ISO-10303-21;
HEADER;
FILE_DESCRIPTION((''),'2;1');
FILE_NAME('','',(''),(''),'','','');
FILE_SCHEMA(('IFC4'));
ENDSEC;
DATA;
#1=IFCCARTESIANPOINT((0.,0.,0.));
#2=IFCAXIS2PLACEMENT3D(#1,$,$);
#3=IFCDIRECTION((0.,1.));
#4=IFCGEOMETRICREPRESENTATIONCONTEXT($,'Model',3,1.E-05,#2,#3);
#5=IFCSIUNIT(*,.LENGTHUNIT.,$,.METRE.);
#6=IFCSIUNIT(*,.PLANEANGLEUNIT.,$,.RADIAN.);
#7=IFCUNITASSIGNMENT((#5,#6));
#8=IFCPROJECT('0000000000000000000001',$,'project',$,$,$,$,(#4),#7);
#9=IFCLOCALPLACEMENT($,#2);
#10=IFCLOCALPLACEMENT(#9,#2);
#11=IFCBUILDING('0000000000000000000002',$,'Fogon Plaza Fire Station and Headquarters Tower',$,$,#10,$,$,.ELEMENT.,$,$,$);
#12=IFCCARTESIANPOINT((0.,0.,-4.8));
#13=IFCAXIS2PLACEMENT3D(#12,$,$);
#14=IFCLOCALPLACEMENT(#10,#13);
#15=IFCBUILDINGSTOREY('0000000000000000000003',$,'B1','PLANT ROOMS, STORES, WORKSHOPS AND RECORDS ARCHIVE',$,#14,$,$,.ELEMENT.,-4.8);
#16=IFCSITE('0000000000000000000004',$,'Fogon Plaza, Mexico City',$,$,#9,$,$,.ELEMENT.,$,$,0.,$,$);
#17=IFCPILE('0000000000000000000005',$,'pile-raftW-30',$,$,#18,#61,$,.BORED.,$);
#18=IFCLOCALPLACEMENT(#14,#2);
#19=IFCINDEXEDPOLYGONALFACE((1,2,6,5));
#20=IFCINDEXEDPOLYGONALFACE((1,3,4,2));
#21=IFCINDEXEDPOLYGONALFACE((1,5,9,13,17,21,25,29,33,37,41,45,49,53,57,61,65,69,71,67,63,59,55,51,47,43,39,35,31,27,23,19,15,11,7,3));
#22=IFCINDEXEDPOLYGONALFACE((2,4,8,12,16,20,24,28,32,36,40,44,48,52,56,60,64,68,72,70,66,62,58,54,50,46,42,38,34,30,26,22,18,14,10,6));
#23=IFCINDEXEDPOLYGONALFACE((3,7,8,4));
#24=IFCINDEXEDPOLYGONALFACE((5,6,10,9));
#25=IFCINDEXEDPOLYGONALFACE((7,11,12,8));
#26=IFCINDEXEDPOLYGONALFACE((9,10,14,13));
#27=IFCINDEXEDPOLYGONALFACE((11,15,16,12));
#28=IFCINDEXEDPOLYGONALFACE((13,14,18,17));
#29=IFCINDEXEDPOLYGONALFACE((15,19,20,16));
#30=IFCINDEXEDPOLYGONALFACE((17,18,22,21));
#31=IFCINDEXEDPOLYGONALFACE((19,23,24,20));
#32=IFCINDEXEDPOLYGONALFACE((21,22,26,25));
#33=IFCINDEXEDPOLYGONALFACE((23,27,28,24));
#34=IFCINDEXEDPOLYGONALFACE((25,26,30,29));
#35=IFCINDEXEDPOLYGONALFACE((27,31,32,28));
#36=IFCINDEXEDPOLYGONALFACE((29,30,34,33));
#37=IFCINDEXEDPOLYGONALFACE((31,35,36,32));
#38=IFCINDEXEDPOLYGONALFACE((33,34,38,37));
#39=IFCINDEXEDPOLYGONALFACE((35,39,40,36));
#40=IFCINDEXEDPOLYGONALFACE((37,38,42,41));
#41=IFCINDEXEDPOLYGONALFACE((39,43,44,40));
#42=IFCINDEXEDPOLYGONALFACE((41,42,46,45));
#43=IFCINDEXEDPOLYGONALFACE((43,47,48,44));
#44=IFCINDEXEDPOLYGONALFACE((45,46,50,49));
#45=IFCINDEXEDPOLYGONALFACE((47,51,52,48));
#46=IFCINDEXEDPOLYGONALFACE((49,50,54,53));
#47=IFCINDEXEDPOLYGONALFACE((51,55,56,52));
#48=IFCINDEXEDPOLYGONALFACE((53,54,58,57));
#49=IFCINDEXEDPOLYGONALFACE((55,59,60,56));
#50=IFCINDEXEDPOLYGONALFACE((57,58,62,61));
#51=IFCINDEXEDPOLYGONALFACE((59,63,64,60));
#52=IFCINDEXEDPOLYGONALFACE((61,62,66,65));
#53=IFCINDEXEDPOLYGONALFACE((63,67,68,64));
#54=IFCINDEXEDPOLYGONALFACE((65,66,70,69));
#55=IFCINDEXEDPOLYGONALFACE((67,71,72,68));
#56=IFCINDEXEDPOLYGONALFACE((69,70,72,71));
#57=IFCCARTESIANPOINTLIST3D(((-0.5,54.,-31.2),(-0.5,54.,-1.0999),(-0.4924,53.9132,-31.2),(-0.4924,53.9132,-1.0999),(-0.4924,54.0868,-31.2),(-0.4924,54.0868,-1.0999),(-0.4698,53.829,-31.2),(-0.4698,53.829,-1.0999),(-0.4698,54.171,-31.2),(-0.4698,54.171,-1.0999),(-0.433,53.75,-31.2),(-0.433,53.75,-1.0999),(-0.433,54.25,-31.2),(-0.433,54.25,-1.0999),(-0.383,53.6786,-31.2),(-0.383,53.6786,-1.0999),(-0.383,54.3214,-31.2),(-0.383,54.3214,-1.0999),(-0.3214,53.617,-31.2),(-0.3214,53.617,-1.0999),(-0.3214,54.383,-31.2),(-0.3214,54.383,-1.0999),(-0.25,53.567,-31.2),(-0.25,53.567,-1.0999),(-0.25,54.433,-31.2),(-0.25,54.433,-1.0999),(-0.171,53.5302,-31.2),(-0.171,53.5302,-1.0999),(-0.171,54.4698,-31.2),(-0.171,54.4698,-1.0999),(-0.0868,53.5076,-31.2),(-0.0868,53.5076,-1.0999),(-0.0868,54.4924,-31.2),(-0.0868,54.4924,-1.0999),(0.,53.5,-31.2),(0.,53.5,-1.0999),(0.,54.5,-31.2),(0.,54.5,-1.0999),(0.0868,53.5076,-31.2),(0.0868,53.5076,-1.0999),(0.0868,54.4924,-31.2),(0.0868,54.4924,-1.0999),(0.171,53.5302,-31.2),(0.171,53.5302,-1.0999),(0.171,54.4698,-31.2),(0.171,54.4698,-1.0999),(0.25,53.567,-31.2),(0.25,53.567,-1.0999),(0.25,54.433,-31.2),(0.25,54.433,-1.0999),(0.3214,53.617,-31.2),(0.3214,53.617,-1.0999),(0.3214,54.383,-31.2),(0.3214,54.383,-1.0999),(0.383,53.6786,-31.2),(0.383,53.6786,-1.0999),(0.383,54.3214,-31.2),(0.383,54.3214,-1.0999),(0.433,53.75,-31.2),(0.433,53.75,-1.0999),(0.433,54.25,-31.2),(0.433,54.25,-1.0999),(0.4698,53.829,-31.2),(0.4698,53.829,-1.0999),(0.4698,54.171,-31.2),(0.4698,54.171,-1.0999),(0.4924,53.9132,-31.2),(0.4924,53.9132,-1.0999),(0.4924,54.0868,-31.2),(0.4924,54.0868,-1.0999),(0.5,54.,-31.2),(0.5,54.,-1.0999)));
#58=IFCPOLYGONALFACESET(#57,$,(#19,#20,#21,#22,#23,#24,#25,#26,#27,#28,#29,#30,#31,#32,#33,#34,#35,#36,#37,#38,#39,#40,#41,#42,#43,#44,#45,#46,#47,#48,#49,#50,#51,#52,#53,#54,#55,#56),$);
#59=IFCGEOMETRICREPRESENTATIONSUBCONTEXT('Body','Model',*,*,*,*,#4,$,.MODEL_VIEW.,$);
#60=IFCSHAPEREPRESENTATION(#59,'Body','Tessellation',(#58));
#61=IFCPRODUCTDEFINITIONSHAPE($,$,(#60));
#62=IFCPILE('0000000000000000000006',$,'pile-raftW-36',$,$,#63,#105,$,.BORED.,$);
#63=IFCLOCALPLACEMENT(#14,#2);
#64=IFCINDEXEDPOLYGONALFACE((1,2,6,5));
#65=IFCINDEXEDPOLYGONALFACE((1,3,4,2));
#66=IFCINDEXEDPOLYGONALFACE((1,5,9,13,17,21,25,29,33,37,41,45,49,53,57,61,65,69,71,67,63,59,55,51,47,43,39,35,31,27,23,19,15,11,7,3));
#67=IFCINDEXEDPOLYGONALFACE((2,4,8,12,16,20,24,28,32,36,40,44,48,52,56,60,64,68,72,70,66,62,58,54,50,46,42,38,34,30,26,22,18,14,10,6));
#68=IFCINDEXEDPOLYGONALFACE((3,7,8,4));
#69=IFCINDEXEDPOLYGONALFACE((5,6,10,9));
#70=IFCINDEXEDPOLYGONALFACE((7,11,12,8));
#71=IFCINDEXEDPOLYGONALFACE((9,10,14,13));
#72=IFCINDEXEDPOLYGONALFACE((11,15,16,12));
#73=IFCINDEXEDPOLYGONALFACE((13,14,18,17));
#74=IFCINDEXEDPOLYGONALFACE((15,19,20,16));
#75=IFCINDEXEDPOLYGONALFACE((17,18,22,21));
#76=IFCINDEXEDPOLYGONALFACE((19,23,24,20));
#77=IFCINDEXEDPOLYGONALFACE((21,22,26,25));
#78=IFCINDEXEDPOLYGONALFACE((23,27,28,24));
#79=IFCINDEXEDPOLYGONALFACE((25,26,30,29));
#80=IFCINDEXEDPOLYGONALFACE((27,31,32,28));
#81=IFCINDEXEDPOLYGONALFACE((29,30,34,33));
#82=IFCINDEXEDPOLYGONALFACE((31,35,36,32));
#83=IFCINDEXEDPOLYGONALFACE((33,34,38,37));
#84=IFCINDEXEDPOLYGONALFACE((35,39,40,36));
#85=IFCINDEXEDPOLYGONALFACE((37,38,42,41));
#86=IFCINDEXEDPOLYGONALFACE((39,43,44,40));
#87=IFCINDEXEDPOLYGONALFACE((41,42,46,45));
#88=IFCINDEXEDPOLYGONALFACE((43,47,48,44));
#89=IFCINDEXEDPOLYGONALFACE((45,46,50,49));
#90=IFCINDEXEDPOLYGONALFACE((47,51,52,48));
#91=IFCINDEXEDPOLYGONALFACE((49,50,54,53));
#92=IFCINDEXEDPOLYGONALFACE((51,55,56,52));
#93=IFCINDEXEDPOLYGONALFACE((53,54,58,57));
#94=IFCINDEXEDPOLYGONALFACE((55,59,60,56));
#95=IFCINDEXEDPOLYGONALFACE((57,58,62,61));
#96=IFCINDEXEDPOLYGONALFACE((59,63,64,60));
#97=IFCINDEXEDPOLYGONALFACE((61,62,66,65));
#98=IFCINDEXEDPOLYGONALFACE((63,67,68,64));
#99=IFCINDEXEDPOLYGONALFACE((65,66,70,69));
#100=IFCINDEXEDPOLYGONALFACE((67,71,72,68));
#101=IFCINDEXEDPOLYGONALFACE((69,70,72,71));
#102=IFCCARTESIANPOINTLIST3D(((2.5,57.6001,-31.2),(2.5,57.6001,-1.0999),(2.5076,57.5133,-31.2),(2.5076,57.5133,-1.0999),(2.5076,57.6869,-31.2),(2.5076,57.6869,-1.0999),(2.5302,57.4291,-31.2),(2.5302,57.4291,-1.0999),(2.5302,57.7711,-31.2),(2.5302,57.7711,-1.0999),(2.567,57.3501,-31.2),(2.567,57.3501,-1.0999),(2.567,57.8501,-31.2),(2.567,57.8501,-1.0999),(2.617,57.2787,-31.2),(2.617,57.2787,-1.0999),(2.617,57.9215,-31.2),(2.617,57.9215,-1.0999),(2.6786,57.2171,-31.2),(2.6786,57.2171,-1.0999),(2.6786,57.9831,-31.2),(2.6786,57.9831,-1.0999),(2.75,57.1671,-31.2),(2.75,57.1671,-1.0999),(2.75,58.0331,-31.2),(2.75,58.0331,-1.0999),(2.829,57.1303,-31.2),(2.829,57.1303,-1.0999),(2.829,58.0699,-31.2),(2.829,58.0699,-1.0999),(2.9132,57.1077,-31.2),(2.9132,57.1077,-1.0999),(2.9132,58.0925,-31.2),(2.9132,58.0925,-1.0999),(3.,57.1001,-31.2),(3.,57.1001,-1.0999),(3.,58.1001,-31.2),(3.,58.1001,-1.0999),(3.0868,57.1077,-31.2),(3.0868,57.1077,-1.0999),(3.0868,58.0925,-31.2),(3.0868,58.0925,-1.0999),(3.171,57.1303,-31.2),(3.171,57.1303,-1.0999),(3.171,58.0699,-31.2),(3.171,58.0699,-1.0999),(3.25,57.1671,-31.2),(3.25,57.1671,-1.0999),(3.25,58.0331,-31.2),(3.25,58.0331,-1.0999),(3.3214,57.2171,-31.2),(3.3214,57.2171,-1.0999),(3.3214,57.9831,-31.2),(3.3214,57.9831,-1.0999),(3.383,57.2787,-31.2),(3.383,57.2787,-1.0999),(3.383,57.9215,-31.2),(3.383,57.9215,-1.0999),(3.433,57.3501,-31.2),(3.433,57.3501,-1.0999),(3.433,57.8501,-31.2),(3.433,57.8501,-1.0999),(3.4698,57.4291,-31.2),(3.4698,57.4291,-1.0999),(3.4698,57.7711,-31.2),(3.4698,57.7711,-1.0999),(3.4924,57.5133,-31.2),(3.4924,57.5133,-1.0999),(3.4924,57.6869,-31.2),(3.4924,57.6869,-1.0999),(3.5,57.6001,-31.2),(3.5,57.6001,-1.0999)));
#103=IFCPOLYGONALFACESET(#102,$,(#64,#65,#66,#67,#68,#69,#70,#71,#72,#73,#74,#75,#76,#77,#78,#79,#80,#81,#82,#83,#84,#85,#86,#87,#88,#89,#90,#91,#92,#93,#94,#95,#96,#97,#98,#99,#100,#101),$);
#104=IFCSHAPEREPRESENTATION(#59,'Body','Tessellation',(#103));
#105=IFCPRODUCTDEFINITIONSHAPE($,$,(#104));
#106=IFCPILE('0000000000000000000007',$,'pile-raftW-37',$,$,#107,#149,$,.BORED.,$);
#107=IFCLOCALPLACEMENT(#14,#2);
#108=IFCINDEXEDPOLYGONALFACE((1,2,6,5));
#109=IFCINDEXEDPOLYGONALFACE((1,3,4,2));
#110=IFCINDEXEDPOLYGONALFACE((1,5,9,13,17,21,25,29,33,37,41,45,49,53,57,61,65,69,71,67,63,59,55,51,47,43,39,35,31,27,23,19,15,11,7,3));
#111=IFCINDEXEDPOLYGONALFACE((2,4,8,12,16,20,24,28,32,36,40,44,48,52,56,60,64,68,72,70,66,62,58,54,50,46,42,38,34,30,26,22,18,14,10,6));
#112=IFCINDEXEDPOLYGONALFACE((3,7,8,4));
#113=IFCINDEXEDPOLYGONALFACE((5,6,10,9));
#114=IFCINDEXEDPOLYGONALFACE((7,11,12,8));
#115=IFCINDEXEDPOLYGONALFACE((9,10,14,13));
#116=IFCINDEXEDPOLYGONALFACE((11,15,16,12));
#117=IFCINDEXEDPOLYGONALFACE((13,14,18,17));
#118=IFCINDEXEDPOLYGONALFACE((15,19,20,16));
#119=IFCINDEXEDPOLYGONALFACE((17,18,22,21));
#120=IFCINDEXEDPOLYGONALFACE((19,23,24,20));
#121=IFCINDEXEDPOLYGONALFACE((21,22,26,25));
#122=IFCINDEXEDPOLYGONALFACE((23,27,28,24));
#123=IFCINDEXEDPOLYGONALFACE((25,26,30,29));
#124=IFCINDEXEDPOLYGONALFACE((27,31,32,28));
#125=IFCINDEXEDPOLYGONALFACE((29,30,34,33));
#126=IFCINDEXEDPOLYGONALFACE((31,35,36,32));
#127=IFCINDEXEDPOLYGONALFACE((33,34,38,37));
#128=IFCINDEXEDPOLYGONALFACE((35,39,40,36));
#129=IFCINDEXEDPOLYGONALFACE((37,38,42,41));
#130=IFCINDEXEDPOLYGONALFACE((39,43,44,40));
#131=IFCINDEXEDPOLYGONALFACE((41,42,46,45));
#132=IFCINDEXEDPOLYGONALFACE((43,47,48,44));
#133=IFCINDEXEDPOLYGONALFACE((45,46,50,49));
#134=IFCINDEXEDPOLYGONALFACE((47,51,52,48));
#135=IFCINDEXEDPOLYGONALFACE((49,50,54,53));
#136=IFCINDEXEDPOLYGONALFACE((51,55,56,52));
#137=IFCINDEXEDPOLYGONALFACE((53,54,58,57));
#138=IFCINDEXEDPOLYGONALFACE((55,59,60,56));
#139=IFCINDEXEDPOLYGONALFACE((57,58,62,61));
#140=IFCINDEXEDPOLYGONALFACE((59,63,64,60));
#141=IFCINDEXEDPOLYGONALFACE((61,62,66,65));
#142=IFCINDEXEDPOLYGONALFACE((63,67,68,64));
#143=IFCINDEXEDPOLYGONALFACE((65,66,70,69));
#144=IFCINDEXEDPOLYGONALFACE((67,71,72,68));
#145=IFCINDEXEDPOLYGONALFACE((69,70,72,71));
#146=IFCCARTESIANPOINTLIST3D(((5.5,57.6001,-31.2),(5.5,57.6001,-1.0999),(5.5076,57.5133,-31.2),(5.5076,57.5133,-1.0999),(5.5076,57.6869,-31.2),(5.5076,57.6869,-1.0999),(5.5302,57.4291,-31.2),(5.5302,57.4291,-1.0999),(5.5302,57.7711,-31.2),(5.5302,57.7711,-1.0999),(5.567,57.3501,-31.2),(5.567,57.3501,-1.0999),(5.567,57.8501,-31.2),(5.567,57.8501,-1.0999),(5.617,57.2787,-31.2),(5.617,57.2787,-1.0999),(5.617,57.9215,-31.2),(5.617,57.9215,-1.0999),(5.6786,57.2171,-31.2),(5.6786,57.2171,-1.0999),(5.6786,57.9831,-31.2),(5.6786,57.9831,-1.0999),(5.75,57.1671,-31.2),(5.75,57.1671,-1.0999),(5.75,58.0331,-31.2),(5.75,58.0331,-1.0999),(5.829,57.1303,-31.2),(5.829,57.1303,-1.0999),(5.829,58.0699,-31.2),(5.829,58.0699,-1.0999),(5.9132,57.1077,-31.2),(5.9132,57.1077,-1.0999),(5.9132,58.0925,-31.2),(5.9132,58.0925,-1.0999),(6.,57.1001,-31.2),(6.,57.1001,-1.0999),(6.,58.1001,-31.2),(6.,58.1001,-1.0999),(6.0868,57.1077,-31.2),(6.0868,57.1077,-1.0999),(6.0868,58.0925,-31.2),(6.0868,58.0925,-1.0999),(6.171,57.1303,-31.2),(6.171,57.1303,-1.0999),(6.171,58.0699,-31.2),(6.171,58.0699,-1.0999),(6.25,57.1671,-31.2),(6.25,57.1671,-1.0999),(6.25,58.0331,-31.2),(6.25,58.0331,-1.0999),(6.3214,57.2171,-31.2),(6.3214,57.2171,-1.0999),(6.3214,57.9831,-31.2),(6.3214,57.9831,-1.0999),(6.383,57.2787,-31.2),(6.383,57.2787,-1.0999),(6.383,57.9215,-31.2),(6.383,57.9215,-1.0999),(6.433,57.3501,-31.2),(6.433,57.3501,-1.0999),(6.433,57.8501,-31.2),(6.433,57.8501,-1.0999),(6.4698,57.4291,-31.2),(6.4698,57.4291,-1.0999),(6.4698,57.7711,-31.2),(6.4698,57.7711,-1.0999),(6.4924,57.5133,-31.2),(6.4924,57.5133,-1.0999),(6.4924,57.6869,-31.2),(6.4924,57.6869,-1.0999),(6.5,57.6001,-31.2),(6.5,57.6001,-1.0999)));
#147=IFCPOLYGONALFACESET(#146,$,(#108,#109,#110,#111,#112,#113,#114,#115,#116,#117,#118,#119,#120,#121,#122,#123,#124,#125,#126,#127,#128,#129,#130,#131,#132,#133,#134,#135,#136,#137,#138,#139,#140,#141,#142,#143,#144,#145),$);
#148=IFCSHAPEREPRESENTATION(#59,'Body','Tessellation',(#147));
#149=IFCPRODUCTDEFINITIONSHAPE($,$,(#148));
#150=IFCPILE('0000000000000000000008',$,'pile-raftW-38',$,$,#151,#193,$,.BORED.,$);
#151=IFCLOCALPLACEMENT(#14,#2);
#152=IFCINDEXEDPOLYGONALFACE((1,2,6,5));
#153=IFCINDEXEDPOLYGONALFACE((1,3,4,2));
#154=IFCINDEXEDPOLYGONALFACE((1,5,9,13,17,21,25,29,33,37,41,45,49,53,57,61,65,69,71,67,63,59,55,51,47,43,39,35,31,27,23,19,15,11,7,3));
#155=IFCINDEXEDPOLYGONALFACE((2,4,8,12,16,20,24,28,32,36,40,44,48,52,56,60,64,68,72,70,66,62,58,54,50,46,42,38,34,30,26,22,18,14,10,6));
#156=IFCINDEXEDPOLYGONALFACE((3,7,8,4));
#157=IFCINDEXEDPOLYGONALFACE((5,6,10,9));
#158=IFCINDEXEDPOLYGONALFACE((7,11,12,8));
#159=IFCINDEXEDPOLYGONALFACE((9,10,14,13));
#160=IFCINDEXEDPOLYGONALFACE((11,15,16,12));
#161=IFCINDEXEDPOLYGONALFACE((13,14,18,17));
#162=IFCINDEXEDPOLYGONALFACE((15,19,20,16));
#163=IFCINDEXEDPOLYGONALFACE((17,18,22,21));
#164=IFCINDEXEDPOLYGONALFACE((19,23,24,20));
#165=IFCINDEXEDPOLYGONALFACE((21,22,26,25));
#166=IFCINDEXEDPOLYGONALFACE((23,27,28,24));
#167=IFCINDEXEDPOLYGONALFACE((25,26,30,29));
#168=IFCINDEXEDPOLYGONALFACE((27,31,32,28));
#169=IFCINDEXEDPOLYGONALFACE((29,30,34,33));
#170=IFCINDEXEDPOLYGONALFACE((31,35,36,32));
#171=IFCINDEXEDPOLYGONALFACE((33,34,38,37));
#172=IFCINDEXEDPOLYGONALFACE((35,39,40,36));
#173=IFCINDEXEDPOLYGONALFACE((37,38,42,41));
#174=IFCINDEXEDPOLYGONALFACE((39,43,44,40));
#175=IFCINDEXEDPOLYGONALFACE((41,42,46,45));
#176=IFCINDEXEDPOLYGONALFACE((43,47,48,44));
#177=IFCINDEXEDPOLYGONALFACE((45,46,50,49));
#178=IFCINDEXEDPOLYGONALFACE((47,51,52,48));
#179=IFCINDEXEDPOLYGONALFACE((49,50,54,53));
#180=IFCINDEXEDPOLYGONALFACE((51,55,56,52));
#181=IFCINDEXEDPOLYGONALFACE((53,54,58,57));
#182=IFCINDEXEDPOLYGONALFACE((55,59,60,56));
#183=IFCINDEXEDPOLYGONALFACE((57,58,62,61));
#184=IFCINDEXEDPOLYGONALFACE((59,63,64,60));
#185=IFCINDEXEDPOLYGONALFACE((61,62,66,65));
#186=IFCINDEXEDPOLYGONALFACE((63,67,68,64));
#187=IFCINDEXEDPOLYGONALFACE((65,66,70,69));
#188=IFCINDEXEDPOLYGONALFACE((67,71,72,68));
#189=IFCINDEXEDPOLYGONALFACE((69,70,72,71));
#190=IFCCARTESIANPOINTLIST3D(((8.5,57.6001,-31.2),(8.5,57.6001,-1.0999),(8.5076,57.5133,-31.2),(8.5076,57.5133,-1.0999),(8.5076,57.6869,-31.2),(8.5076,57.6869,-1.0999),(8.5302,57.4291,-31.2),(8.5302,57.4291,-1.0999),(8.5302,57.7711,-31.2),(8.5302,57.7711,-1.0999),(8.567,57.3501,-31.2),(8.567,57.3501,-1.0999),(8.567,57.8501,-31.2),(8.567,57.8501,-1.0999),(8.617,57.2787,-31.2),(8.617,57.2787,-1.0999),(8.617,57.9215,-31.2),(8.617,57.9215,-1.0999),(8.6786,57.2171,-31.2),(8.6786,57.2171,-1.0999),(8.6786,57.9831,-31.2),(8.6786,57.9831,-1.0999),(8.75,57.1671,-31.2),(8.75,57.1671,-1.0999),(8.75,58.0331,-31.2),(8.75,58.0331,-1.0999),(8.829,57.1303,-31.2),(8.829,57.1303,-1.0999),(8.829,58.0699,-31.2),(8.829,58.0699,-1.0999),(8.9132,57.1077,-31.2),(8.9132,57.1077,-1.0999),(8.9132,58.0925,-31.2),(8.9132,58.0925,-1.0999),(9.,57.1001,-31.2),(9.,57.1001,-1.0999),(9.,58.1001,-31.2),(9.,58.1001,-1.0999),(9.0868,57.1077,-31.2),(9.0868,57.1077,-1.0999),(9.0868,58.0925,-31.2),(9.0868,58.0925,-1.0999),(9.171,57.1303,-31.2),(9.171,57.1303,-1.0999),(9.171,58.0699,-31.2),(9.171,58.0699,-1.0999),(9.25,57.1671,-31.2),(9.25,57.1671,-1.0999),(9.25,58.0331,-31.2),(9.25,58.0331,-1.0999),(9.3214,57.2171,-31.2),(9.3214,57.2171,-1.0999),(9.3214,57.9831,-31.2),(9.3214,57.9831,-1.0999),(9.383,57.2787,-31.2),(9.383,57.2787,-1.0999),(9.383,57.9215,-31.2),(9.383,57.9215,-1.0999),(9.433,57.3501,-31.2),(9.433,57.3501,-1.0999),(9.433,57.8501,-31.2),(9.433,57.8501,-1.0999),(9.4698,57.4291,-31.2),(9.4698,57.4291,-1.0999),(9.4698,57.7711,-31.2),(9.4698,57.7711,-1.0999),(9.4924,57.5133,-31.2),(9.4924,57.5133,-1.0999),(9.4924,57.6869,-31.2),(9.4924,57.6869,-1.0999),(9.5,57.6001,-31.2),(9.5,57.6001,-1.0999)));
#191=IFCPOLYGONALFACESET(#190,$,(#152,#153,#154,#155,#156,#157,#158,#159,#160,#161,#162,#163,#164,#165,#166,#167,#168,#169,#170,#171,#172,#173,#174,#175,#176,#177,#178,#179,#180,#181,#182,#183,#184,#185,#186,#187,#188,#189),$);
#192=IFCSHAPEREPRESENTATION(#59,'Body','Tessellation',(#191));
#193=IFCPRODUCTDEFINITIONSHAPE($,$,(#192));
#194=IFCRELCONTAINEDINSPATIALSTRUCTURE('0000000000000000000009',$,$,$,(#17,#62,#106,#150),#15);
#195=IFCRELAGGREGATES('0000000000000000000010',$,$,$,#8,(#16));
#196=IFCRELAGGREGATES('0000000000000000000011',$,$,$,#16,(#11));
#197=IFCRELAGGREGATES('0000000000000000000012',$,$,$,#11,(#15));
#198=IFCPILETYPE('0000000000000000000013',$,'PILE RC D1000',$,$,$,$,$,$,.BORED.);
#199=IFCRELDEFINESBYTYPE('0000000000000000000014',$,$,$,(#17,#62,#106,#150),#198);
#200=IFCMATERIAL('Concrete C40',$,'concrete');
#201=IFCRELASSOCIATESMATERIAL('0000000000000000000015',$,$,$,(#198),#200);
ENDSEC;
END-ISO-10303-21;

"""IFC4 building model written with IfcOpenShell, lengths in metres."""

from ifc_helpers import new_model, si_unit, direction, frame, origin, origin_2d, place, context, subcontext, project, spatial, circle, extrude, material, material_profile, profile_set, type_object, element, save


model = new_model("IFC4")

# Units and contexts
model_context = context("Model", 3, precision=1e-05, world=origin(), true_north=direction((0.0, 1.0)))
body_context = subcontext(model_context, "Body", "Model", "MODEL_VIEW")
ifc_project = project(units=[si_unit("LENGTHUNIT", "METRE"), si_unit("PLANEANGLEUNIT", "RADIAN")], contexts=[model_context])

# Site, building, storey
site_placement = place(None, origin())
site = spatial("IfcSite", under=ifc_project, at=site_placement, Name="Fogon Plaza, Mexico City", CompositionType="ELEMENT", RefElevation=0.0)
building_placement = place(site_placement, origin())
building = spatial("IfcBuilding", under=site, at=building_placement, Name="Fogon Plaza Fire Station and Headquarters Tower", CompositionType="ELEMENT")
storey_placement = place(building_placement, frame((0.0, 0.0, -4.8)))
storey = spatial("IfcBuildingStorey", under=building, at=storey_placement, Name="B1", Description="PLANT ROOMS, STORES, WORKSHOPS AND RECORDS ARCHIVE", CompositionType="ELEMENT", Elevation=-4.8)

# Piles
ifc_material_1 = material(Name="Concrete C40", Category="concrete")
ifc_material_profile_1 = material_profile(ifc_material_1, circle(Radius=0.5, at=origin_2d()), Name="RC D1000")
ifc_profile_set_1 = profile_set([ifc_material_profile_1], Name="Concrete C40")
pile_type_1 = type_object("IfcPileType", Name="PILE RC D1000", PredefinedType="BORED", material=ifc_profile_set_1)
for number, where, z_axis, x_axis, name in (
    (1, (0.0, 54.0, -1.0999), (0.0, 0.0, -1.0), (1.0, 0.0, 0.0), "pile-raftW-30"),
    (2, (3.0, 57.6001, -1.0999), (0.0, 0.0, -1.0), (1.0, 0.0, 0.0), "pile-raftW-36"),
    (3, (6.0, 57.6001, -1.0999), (0.0, 0.0, -1.0), (1.0, 0.0, 0.0), "pile-raftW-37"),
    (4, (9.0, 57.6001, -1.0999), (0.0, 0.0, -1.0), (1.0, 0.0, 0.0), "pile-raftW-38"),
):
    element("IfcPile", number, at=place(storey_placement, frame(where, z_axis=z_axis, x_axis=x_axis)), inside=storey, type_object=pile_type_1, Name=name, PredefinedType="BORED", context=body_context, shape_type="SweptSolid", body=[
        extrude(circle(Radius=0.5, at=origin_2d()), origin(), (0.0, 0.0, 1.0), 30.1001),
    ])

save(model, "model.ifc")
